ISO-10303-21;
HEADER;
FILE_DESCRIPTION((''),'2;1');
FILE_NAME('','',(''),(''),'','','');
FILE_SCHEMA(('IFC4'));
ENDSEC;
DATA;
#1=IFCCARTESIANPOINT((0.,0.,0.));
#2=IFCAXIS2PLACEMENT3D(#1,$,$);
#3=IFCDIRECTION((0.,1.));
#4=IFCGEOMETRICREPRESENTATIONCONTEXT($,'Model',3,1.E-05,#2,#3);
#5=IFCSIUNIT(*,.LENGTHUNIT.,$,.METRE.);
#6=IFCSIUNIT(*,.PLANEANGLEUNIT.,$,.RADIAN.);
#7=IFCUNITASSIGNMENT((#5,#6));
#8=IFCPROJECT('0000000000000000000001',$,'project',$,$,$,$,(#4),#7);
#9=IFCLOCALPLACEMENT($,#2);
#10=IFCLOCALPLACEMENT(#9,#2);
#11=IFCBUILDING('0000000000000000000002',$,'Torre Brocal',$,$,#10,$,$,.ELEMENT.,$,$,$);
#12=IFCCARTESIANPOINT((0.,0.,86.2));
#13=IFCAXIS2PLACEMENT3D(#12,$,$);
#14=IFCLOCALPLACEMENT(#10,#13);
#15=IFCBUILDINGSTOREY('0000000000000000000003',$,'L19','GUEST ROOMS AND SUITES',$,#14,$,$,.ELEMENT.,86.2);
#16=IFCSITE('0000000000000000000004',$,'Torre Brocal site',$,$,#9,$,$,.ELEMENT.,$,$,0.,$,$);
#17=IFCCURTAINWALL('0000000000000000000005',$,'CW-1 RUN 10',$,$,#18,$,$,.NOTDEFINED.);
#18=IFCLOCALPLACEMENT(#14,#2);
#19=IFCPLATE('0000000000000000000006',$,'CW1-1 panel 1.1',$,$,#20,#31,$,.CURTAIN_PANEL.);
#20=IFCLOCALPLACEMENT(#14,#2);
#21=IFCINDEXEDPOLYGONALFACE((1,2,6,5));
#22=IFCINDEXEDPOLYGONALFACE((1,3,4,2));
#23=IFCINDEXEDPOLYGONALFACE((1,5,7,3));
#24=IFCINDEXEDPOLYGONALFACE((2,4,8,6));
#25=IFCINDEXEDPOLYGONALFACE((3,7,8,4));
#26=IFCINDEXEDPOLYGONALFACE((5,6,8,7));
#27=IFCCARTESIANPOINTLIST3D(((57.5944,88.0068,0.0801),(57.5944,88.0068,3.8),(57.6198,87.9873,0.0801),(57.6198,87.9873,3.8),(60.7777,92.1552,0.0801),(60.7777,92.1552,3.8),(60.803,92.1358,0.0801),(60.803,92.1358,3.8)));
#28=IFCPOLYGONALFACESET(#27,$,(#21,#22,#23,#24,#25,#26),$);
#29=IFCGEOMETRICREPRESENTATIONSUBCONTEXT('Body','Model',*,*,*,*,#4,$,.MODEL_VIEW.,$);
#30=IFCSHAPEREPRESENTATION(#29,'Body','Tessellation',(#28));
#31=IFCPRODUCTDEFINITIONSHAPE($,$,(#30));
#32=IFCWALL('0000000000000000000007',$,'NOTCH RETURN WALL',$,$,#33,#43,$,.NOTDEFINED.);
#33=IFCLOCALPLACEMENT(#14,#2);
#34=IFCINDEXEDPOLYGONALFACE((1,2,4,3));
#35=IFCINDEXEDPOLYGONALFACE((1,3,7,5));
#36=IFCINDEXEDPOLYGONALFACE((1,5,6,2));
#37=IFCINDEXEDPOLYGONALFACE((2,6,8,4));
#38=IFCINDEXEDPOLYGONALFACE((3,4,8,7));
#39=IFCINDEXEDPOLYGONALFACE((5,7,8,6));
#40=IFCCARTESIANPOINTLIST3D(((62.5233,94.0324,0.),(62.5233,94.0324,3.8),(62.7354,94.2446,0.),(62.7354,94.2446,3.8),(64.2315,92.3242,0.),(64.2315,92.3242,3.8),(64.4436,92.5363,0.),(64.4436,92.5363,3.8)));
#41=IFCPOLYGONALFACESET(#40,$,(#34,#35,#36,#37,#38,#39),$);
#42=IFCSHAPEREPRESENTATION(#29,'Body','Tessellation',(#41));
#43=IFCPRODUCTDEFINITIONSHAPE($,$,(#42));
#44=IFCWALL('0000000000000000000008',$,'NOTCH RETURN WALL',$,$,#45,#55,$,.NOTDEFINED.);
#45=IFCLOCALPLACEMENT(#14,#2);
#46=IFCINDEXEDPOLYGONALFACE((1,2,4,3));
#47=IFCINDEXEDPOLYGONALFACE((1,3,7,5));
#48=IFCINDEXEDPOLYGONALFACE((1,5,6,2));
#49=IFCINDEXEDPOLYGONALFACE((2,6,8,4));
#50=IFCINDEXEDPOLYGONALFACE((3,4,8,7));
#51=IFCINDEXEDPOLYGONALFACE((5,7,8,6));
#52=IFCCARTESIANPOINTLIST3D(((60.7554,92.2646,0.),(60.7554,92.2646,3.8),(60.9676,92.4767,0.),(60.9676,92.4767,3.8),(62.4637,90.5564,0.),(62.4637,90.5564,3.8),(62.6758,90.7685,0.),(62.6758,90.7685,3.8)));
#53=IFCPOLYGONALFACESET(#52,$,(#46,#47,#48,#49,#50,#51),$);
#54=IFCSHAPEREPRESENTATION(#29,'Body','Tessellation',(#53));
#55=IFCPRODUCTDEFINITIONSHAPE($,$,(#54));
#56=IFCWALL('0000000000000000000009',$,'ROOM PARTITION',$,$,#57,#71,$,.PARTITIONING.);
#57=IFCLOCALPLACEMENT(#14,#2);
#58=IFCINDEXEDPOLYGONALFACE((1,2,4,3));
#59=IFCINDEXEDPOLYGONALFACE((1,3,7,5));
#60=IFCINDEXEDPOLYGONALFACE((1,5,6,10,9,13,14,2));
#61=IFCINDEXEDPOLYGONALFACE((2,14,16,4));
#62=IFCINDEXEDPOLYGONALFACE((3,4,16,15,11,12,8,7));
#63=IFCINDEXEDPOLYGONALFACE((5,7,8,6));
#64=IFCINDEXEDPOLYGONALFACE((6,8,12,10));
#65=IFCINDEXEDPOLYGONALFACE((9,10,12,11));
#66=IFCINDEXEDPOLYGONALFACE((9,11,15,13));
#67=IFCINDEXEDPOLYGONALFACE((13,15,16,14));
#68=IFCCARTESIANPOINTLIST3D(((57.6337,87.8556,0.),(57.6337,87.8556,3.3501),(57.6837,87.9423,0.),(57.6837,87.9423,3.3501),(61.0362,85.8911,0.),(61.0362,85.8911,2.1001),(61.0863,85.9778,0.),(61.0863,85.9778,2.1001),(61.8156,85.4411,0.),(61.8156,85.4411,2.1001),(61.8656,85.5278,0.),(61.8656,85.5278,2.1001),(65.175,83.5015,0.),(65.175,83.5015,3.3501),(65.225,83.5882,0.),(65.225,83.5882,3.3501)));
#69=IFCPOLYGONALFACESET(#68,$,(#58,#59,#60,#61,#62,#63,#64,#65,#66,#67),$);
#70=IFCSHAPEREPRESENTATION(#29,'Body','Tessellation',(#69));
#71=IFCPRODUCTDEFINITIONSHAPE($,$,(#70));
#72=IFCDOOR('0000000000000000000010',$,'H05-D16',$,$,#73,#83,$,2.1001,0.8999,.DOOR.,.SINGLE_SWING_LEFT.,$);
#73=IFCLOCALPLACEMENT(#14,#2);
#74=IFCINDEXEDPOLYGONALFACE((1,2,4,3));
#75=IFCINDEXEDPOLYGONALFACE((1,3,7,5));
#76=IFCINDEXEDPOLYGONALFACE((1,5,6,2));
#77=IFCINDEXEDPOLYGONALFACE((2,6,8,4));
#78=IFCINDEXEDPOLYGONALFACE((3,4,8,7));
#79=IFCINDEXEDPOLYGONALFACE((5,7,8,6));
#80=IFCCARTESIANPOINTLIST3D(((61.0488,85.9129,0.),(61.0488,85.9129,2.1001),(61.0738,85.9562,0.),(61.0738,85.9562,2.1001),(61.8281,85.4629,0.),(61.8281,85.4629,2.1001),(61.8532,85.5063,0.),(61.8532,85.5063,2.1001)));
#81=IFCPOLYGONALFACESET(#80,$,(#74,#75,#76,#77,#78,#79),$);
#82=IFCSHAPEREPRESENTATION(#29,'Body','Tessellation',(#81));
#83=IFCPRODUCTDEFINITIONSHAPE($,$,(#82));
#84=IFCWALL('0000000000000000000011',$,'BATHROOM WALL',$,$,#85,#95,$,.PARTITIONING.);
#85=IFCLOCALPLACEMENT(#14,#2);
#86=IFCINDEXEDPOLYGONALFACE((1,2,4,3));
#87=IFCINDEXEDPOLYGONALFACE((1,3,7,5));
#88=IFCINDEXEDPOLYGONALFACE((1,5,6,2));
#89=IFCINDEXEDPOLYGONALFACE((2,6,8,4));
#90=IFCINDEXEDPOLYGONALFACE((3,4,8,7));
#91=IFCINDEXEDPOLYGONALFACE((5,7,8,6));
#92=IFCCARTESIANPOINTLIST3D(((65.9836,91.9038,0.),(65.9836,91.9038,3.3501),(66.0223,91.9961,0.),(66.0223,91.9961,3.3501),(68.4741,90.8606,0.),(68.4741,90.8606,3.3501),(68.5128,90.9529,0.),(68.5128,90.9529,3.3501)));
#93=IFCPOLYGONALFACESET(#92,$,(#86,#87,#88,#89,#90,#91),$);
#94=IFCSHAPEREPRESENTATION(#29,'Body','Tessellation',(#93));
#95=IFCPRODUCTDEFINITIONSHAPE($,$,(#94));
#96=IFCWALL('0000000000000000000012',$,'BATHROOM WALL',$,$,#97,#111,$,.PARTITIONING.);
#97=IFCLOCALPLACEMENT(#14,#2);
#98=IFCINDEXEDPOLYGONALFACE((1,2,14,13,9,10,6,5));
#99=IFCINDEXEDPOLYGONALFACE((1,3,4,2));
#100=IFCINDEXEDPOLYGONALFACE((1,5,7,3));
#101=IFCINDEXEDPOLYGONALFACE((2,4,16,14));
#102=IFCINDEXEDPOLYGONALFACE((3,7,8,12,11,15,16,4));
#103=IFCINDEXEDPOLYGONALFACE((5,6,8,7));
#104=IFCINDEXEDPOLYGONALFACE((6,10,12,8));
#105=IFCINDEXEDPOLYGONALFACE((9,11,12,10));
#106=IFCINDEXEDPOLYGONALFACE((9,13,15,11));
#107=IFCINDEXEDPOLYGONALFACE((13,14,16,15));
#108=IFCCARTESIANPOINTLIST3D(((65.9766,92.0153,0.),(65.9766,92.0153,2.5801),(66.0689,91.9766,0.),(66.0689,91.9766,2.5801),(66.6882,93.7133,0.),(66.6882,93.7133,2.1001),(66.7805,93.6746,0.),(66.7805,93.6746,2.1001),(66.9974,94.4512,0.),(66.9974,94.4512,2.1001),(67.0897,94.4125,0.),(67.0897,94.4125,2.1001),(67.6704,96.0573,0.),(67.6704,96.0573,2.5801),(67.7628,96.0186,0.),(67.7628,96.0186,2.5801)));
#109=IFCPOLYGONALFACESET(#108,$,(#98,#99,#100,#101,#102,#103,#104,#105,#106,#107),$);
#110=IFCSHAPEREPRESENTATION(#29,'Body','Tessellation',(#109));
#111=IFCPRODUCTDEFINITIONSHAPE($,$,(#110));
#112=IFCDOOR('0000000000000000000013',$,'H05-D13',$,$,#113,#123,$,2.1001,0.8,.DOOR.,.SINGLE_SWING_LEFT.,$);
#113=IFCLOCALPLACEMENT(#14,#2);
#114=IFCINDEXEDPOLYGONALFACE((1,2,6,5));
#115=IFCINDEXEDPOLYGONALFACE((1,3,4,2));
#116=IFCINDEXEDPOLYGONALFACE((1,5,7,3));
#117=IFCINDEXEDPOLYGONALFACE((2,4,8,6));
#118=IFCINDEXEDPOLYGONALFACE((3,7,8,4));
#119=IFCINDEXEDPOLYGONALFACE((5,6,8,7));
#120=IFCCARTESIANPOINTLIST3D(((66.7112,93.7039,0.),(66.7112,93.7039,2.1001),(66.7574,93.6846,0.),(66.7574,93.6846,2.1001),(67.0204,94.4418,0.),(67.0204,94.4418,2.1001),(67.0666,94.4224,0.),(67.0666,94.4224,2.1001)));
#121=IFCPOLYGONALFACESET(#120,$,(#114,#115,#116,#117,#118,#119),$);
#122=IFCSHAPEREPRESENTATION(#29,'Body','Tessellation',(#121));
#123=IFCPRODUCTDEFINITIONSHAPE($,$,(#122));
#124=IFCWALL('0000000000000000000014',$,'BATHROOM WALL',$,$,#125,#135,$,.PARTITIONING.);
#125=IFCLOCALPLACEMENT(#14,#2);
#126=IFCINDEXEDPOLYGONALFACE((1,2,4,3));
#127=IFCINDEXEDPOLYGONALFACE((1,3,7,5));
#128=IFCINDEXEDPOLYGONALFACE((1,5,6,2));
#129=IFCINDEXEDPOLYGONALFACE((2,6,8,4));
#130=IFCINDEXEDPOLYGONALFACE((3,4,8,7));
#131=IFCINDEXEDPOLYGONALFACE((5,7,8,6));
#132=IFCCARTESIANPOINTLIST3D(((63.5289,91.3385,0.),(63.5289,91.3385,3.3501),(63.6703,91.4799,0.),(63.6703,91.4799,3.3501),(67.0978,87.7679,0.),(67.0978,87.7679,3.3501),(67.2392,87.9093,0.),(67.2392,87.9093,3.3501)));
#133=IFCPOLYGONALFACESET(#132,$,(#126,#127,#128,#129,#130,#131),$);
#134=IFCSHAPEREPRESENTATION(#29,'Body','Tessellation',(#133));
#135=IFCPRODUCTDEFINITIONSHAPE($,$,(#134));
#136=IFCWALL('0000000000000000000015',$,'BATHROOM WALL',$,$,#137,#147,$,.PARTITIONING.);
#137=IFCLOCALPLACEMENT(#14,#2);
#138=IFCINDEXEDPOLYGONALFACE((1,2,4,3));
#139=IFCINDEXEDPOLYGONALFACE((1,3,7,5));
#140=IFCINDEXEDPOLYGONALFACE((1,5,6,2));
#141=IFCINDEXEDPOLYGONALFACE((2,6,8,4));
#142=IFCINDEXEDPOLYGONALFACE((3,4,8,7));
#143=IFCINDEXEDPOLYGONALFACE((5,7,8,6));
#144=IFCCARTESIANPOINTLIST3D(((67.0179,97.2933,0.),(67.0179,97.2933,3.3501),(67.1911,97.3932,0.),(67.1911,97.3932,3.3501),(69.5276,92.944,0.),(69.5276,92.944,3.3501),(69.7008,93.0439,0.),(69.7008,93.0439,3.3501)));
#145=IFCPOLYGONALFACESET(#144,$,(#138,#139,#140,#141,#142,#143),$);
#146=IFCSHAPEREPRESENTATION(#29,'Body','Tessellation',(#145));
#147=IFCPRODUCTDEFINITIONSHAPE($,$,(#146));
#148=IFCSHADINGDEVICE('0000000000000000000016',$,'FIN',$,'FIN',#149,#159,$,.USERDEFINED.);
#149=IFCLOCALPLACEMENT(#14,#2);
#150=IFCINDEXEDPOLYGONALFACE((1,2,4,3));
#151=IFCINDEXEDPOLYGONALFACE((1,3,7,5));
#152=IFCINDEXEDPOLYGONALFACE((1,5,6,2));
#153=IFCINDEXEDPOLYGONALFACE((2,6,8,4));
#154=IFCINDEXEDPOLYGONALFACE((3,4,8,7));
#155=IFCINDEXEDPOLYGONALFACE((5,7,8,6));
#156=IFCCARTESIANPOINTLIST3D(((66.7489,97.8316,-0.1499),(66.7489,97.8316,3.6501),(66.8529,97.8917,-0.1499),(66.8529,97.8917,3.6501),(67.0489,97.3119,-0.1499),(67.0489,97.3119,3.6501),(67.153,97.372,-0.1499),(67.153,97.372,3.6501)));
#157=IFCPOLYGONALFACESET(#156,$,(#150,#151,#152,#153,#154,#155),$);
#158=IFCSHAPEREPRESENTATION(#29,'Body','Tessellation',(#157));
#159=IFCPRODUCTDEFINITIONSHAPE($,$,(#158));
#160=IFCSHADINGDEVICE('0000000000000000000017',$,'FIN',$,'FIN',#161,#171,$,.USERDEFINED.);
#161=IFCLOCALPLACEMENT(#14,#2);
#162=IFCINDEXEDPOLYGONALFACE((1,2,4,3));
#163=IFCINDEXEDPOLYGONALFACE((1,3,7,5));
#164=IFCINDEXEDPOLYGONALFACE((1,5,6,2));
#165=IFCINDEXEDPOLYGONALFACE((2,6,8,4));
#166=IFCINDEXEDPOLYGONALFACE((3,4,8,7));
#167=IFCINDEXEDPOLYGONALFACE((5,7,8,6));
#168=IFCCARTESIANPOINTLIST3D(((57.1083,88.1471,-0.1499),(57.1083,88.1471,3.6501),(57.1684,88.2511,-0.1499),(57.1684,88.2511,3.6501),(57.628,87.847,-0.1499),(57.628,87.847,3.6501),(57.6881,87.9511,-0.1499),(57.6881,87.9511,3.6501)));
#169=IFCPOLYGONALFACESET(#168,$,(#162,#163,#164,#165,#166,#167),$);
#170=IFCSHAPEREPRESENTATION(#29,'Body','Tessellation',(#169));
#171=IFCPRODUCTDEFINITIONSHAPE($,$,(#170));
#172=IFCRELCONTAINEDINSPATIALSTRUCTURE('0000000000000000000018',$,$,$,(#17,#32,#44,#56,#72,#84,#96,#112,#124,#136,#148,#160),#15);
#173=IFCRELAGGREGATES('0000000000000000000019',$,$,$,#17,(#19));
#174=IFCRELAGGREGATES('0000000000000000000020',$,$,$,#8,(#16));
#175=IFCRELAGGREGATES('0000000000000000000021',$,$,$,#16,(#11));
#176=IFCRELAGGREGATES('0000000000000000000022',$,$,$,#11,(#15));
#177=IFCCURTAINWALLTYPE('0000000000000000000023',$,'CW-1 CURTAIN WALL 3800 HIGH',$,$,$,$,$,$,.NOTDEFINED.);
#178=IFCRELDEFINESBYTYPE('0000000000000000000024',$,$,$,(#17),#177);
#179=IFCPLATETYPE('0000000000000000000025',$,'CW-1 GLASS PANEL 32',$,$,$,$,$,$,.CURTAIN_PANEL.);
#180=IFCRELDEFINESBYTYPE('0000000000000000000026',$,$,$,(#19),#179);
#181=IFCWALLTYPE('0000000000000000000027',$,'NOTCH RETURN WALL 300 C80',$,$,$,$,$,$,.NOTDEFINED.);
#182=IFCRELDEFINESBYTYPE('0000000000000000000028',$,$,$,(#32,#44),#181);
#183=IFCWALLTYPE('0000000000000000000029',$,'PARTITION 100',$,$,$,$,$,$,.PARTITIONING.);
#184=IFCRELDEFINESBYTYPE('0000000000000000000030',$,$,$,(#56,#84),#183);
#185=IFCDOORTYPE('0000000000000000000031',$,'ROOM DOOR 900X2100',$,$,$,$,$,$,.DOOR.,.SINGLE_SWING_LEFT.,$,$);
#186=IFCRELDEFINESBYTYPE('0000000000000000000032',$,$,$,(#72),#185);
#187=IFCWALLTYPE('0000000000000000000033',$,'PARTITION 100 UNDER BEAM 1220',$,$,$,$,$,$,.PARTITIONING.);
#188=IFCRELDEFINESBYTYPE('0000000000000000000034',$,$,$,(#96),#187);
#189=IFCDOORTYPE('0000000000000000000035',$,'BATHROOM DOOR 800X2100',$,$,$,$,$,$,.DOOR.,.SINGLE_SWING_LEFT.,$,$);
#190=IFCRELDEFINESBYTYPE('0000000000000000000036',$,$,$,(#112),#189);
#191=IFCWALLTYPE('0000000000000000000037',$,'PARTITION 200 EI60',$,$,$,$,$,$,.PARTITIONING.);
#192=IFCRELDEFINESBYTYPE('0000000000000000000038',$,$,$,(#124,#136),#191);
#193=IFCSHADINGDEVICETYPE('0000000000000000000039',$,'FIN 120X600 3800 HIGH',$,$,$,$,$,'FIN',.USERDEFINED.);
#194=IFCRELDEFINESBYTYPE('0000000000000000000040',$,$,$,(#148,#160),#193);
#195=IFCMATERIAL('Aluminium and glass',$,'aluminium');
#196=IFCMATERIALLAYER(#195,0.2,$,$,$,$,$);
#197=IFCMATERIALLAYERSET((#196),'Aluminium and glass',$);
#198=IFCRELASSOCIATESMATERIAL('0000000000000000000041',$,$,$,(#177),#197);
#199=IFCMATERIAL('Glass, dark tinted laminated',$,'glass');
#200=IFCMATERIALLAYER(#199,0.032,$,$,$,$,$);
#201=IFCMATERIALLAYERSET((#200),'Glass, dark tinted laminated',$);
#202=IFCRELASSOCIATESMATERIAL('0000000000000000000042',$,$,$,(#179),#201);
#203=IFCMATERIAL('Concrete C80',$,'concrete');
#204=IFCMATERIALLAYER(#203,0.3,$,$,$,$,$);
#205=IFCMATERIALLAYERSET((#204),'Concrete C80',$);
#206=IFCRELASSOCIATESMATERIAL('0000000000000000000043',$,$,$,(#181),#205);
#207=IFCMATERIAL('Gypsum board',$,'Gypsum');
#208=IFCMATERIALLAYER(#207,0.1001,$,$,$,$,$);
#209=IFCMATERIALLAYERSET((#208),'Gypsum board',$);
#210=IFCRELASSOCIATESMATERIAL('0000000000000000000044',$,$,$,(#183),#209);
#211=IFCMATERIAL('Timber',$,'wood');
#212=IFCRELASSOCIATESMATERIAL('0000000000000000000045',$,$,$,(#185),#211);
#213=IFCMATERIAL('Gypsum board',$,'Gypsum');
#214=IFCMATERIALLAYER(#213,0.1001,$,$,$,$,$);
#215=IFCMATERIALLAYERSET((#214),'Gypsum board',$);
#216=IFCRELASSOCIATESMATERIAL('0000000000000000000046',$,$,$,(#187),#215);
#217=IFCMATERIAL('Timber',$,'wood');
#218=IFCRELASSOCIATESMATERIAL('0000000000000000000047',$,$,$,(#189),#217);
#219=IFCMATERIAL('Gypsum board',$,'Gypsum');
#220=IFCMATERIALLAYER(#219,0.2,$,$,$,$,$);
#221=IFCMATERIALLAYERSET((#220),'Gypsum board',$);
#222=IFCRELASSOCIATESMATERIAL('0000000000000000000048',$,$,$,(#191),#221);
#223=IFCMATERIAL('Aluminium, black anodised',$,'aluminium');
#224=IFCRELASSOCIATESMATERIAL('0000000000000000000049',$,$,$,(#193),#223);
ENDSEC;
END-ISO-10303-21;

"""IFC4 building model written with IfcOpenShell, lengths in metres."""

from ifc_helpers import new_model, si_unit, direction, frame, frame_2d, origin, origin_2d, place, context, subcontext, project, spatial, rectangle, extrude, material, layer, layer_set, material_profile, profile_set, type_object, element, fill, aggregate, save


model = new_model("IFC4")

# Units and contexts
model_context = context("Model", 3, precision=1e-05, world=origin(), true_north=direction((0.0, 1.0)))
body_context = subcontext(model_context, "Body", "Model", "MODEL_VIEW")
ifc_project = project(units=[si_unit("LENGTHUNIT", "METRE"), si_unit("PLANEANGLEUNIT", "RADIAN")], contexts=[model_context])

# Site, building, storey
site_placement = place(None, origin())
site = spatial("IfcSite", under=ifc_project, at=site_placement, Name="Torre Brocal site", CompositionType="ELEMENT", RefElevation=0.0)
building_placement = place(site_placement, origin())
building = spatial("IfcBuilding", under=site, at=building_placement, Name="Torre Brocal", CompositionType="ELEMENT")
storey_placement = place(building_placement, frame((0.0, 0.0, 86.2)))
storey = spatial("IfcBuildingStorey", under=building, at=storey_placement, Name="L19", Description="GUEST ROOMS AND SUITES", CompositionType="ELEMENT", Elevation=86.2)

# Shared definitions
ifc_material_1 = material(Name="Aluminium and glass", Category="aluminium")
ifc_layer_1 = layer(ifc_material_1, 0.2)
ifc_layer_set_1 = layer_set([ifc_layer_1], Name="Aluminium and glass")
curtain_wall_type = type_object("IfcCurtainWallType", Name="CW-1 CURTAIN WALL 3800 HIGH", PredefinedType="NOTDEFINED", material=ifc_layer_set_1)

# Curtain wall
curtain_wall_1_placement = place(storey_placement, origin())
curtain_wall_1 = element("IfcCurtainWall", 1, at=curtain_wall_1_placement, inside=storey, type_object=curtain_wall_type, Name="CW-1 RUN 10", PredefinedType="NOTDEFINED")

# Plate
ifc_material_2 = material(Name="Glass, dark tinted laminated", Category="glass")
ifc_layer_2 = layer(ifc_material_2, 0.032)
ifc_layer_set_2 = layer_set([ifc_layer_2], Name="Glass, dark tinted laminated")
plate_type = type_object("IfcPlateType", Name="CW-1 GLASS PANEL 32", PredefinedType="CURTAIN_PANEL", material=ifc_layer_set_2)
plate_1_placement = place(storey_placement, frame((59.1987, 90.0713, 0.0801), z_axis=(0.0, 0.0, 1.0), x_axis=(-0.608761, -0.793353, 0.0)))
plate_1 = element("IfcPlate", 2, at=plate_1_placement, type_object=plate_type, Name="CW1-1 panel 1.1", PredefinedType="CURTAIN_PANEL", context=body_context, shape_type="SweptSolid", body=[
    extrude(rectangle(XDim=5.229, YDim=0.032, at=origin_2d()), origin(), (0.0, 0.0, 1.0), 3.72),
])
aggregate(curtain_wall_1, [plate_1])

# Walls
ifc_material_3 = material(Name="Concrete C80", Category="concrete")
ifc_layer_3 = layer(ifc_material_3, 0.3)
ifc_layer_set_3 = layer_set([ifc_layer_3], Name="Concrete C80")
wall_type_1 = type_object("IfcWallType", Name="NOTCH RETURN WALL 300 C80", PredefinedType="NOTDEFINED", material=ifc_layer_set_3)
for number, where, z_axis, x_axis, name in (
    (3, (64.3376, 92.4302, 0.0), (0.0, 0.0, 1.0), (-0.707107, 0.707107, 0.0), "NOTCH RETURN WALL"),
    (4, (62.5698, 90.6624, 0.0), (0.0, 0.0, 1.0), (-0.707107, 0.707107, 0.0), "NOTCH RETURN WALL"),
):
    element("IfcWall", number, at=place(storey_placement, frame(where, z_axis=z_axis, x_axis=x_axis)), inside=storey, type_object=wall_type_1, Name=name, PredefinedType="NOTDEFINED", context=body_context, shape_type="SweptSolid", body=[
        extrude(rectangle(XDim=2.4158, YDim=0.3, at=frame_2d((1.208, 0.0))), origin(), (0.0, 0.0, 1.0), 3.8),
    ])

# Wall, opening, door
ifc_material_4 = material(Name="Gypsum board", Category="Gypsum")
ifc_layer_4 = layer(ifc_material_4, 0.1001)
ifc_layer_set_4 = layer_set([ifc_layer_4], Name="Gypsum board")
wall_type_2 = type_object("IfcWallType", Name="PARTITION 100", PredefinedType="PARTITIONING", material=ifc_layer_set_4)
wall_1_placement = place(storey_placement, frame((57.6587, 87.8989, 0.0), z_axis=(0.0, 0.0, 1.0), x_axis=(0.866023, -0.500005, 0.0)))
wall_1 = element("IfcWall", 5, at=wall_1_placement, inside=storey, type_object=wall_type_2, Name="ROOM PARTITION", PredefinedType="PARTITIONING", context=body_context, shape_type="SweptSolid", body=[
    extrude(rectangle(XDim=8.708, YDim=0.1001, at=frame_2d((4.354, 0.0))), origin(), (0.0, 0.0, 1.0), 3.3501),
])
opening_1_placement = place(wall_1_placement, frame((3.929, 0.0, 0.0)))
opening_1 = element("IfcOpeningElement", 6, at=opening_1_placement, cuts=wall_1, PredefinedType="OPENING", context=body_context, shape_type="SweptSolid", body=[
    extrude(rectangle(XDim=0.8999, YDim=2.1001, at=frame_2d((0.45, 1.05))), frame((0.0, 0.0601, 0.0), z_axis=(0.0, -1.0, 0.0), x_axis=(1.0, 0.0, 0.0)), (0.0, 0.0, 1.0), 0.1201),
])
ifc_material_5 = material(Name="Timber", Category="wood")
door_type_1 = type_object("IfcDoorType", Name="ROOM DOOR 900X2100", OperationType="SINGLE_SWING_LEFT", PredefinedType="DOOR", material=ifc_material_5)
door_1_placement = place(opening_1_placement, frame((0.8999, 0.0, 0.0), z_axis=(0.0, 0.0, 1.0), x_axis=(-1.0, 0.0, 0.0)))
door_1 = element("IfcDoor", 7, at=door_1_placement, inside=storey, type_object=door_type_1, Name="H05-D16", OperationType="SINGLE_SWING_LEFT", OverallHeight=2.1001, OverallWidth=0.8999, PredefinedType="DOOR", context=body_context, shape_type="SweptSolid", body=[
    extrude(rectangle(XDim=0.8999, YDim=2.1001, at=frame_2d((0.45, 1.05))), frame((0.0, 0.0249, 0.0), z_axis=(0.0, -1.0, 0.0), x_axis=(1.0, 0.0, 0.0)), (0.0, 0.0, 1.0), 0.05),
])
fill(opening_1, door_1)

# Wall
wall_2_placement = place(storey_placement, frame((66.0029, 91.95, 0.0), z_axis=(0.0, 0.0, 1.0), x_axis=(0.92235, -0.386355, 0.0)))
element("IfcWall", 8, at=wall_2_placement, inside=storey, type_object=wall_type_2, Name="BATHROOM WALL", PredefinedType="PARTITIONING", context=body_context, shape_type="SweptSolid", body=[
    extrude(rectangle(XDim=2.7002, YDim=0.1001, at=frame_2d((1.3501, 0.0))), origin(), (0.0, 0.0, 1.0), 3.3501),
])

# Wall, opening, door
ifc_material_6 = material(Name="Gypsum board", Category="Gypsum")
ifc_layer_5 = layer(ifc_material_6, 0.1001)
ifc_layer_set_5 = layer_set([ifc_layer_5], Name="Gypsum board")
wall_type_3 = type_object("IfcWallType", Name="PARTITION 100 UNDER BEAM 1220", PredefinedType="PARTITIONING", material=ifc_layer_set_5)
wall_3_placement = place(storey_placement, frame((66.0227, 91.9958, 0.0), z_axis=(0.0, 0.0, 1.0), x_axis=(0.386497, 0.92229, 0.0)))
wall_3 = element("IfcWall", 9, at=wall_3_placement, inside=storey, type_object=wall_type_3, Name="BATHROOM WALL", PredefinedType="PARTITIONING", context=body_context, shape_type="SweptSolid", body=[
    extrude(rectangle(XDim=4.3826, YDim=0.1001, at=frame_2d((2.1914, 0.0))), origin(), (0.0, 0.0, 1.0), 2.5801),
])
opening_2_placement = place(wall_3_placement, frame((1.8413, 0.0, 0.0)))
opening_2 = element("IfcOpeningElement", 10, at=opening_2_placement, cuts=wall_3, PredefinedType="OPENING", context=body_context, shape_type="SweptSolid", body=[
    extrude(rectangle(XDim=0.8, YDim=2.1001, at=frame_2d((0.3999, 1.05))), frame((0.0, 0.0601, 0.0), z_axis=(0.0, -1.0, 0.0), x_axis=(1.0, 0.0, 0.0)), (0.0, 0.0, 1.0), 0.1201),
])
ifc_material_7 = material(Name="Timber", Category="wood")
door_type_2 = type_object("IfcDoorType", Name="BATHROOM DOOR 800X2100", OperationType="SINGLE_SWING_LEFT", PredefinedType="DOOR", material=ifc_material_7)
door_2_placement = place(opening_2_placement, frame((0.8, 0.0, 0.0), z_axis=(0.0, 0.0, 1.0), x_axis=(-1.0, 0.0, 0.0)))
door_2 = element("IfcDoor", 11, at=door_2_placement, inside=storey, type_object=door_type_2, Name="H05-D13", OperationType="SINGLE_SWING_LEFT", OverallHeight=2.1001, OverallWidth=0.8, PredefinedType="DOOR", context=body_context, shape_type="SweptSolid", body=[
    extrude(rectangle(XDim=0.8, YDim=2.1001, at=frame_2d((0.3999, 1.05))), frame((0.0, 0.0249, 0.0), z_axis=(0.0, -1.0, 0.0), x_axis=(1.0, 0.0, 0.0)), (0.0, 0.0, 1.0), 0.05),
])
fill(opening_2, door_2)

# Walls
ifc_material_8 = material(Name="Gypsum board", Category="Gypsum")
ifc_layer_6 = layer(ifc_material_8, 0.2)
ifc_layer_set_6 = layer_set([ifc_layer_6], Name="Gypsum board")
wall_type_4 = type_object("IfcWallType", Name="PARTITION 200 EI60", PredefinedType="PARTITIONING", material=ifc_layer_set_6)
wall_4_placement = place(storey_placement, frame((63.5996, 91.4092, 0.0), z_axis=(0.0, 0.0, 1.0), x_axis=(0.706937, -0.707276, 0.0)))
element("IfcWall", 12, at=wall_4_placement, inside=storey, type_object=wall_type_4, Name="BATHROOM WALL", PredefinedType="PARTITIONING", context=body_context, shape_type="SweptSolid", body=[
    extrude(rectangle(XDim=5.0483, YDim=0.2, at=frame_2d((2.5242, 0.0))), origin(), (0.0, 0.0, 1.0), 3.3501),
])
wall_5_placement = place(storey_placement, frame((67.1045, 97.3433, 0.0), z_axis=(0.0, 0.0, 1.0), x_axis=(0.4998, -0.866141, 0.0)))
element("IfcWall", 13, at=wall_5_placement, inside=storey, type_object=wall_type_4, Name="BATHROOM WALL", PredefinedType="PARTITIONING", context=body_context, shape_type="SweptSolid", body=[
    extrude(rectangle(XDim=5.0215, YDim=0.2, at=frame_2d((2.5107, 0.0))), origin(), (0.0, 0.0, 1.0), 3.3501),
])

# Shading devices
ifc_material_9 = material(Name="Aluminium, black anodised", Category="aluminium")
ifc_material_profile_1 = material_profile(ifc_material_9, rectangle(XDim=0.1201, YDim=0.6001, at=origin_2d()), Name="FIN 120X600 3800 HIGH")
ifc_profile_set_1 = profile_set([ifc_material_profile_1], Name="Aluminium, black anodised")
shading_device_type = type_object("IfcShadingDeviceType", Name="FIN 120X600 3800 HIGH", ElementType="FIN", PredefinedType="USERDEFINED", material=ifc_profile_set_1)
for number, where, z_axis, x_axis, name in (
    (14, (66.9509, 97.6018, -0.1499), (0.0, 0.0, 1.0), (-0.866025, -0.5, 0.0), "FIN"),
    (15, (57.3982, 88.0491, -0.1499), (0.0, 0.0, 1.0), (-0.5, -0.866025, 0.0), "FIN"),
):
    element("IfcShadingDevice", number, at=place(storey_placement, frame(where, z_axis=z_axis, x_axis=x_axis)), inside=storey, type_object=shading_device_type, Name=name, ObjectType="FIN", PredefinedType="USERDEFINED", context=body_context, shape_type="SweptSolid", body=[
        extrude(rectangle(XDim=0.1201, YDim=0.6001, at=origin_2d()), origin(), (0.0, 0.0, 1.0), 3.8),
    ])

save(model, "model.ifc")
